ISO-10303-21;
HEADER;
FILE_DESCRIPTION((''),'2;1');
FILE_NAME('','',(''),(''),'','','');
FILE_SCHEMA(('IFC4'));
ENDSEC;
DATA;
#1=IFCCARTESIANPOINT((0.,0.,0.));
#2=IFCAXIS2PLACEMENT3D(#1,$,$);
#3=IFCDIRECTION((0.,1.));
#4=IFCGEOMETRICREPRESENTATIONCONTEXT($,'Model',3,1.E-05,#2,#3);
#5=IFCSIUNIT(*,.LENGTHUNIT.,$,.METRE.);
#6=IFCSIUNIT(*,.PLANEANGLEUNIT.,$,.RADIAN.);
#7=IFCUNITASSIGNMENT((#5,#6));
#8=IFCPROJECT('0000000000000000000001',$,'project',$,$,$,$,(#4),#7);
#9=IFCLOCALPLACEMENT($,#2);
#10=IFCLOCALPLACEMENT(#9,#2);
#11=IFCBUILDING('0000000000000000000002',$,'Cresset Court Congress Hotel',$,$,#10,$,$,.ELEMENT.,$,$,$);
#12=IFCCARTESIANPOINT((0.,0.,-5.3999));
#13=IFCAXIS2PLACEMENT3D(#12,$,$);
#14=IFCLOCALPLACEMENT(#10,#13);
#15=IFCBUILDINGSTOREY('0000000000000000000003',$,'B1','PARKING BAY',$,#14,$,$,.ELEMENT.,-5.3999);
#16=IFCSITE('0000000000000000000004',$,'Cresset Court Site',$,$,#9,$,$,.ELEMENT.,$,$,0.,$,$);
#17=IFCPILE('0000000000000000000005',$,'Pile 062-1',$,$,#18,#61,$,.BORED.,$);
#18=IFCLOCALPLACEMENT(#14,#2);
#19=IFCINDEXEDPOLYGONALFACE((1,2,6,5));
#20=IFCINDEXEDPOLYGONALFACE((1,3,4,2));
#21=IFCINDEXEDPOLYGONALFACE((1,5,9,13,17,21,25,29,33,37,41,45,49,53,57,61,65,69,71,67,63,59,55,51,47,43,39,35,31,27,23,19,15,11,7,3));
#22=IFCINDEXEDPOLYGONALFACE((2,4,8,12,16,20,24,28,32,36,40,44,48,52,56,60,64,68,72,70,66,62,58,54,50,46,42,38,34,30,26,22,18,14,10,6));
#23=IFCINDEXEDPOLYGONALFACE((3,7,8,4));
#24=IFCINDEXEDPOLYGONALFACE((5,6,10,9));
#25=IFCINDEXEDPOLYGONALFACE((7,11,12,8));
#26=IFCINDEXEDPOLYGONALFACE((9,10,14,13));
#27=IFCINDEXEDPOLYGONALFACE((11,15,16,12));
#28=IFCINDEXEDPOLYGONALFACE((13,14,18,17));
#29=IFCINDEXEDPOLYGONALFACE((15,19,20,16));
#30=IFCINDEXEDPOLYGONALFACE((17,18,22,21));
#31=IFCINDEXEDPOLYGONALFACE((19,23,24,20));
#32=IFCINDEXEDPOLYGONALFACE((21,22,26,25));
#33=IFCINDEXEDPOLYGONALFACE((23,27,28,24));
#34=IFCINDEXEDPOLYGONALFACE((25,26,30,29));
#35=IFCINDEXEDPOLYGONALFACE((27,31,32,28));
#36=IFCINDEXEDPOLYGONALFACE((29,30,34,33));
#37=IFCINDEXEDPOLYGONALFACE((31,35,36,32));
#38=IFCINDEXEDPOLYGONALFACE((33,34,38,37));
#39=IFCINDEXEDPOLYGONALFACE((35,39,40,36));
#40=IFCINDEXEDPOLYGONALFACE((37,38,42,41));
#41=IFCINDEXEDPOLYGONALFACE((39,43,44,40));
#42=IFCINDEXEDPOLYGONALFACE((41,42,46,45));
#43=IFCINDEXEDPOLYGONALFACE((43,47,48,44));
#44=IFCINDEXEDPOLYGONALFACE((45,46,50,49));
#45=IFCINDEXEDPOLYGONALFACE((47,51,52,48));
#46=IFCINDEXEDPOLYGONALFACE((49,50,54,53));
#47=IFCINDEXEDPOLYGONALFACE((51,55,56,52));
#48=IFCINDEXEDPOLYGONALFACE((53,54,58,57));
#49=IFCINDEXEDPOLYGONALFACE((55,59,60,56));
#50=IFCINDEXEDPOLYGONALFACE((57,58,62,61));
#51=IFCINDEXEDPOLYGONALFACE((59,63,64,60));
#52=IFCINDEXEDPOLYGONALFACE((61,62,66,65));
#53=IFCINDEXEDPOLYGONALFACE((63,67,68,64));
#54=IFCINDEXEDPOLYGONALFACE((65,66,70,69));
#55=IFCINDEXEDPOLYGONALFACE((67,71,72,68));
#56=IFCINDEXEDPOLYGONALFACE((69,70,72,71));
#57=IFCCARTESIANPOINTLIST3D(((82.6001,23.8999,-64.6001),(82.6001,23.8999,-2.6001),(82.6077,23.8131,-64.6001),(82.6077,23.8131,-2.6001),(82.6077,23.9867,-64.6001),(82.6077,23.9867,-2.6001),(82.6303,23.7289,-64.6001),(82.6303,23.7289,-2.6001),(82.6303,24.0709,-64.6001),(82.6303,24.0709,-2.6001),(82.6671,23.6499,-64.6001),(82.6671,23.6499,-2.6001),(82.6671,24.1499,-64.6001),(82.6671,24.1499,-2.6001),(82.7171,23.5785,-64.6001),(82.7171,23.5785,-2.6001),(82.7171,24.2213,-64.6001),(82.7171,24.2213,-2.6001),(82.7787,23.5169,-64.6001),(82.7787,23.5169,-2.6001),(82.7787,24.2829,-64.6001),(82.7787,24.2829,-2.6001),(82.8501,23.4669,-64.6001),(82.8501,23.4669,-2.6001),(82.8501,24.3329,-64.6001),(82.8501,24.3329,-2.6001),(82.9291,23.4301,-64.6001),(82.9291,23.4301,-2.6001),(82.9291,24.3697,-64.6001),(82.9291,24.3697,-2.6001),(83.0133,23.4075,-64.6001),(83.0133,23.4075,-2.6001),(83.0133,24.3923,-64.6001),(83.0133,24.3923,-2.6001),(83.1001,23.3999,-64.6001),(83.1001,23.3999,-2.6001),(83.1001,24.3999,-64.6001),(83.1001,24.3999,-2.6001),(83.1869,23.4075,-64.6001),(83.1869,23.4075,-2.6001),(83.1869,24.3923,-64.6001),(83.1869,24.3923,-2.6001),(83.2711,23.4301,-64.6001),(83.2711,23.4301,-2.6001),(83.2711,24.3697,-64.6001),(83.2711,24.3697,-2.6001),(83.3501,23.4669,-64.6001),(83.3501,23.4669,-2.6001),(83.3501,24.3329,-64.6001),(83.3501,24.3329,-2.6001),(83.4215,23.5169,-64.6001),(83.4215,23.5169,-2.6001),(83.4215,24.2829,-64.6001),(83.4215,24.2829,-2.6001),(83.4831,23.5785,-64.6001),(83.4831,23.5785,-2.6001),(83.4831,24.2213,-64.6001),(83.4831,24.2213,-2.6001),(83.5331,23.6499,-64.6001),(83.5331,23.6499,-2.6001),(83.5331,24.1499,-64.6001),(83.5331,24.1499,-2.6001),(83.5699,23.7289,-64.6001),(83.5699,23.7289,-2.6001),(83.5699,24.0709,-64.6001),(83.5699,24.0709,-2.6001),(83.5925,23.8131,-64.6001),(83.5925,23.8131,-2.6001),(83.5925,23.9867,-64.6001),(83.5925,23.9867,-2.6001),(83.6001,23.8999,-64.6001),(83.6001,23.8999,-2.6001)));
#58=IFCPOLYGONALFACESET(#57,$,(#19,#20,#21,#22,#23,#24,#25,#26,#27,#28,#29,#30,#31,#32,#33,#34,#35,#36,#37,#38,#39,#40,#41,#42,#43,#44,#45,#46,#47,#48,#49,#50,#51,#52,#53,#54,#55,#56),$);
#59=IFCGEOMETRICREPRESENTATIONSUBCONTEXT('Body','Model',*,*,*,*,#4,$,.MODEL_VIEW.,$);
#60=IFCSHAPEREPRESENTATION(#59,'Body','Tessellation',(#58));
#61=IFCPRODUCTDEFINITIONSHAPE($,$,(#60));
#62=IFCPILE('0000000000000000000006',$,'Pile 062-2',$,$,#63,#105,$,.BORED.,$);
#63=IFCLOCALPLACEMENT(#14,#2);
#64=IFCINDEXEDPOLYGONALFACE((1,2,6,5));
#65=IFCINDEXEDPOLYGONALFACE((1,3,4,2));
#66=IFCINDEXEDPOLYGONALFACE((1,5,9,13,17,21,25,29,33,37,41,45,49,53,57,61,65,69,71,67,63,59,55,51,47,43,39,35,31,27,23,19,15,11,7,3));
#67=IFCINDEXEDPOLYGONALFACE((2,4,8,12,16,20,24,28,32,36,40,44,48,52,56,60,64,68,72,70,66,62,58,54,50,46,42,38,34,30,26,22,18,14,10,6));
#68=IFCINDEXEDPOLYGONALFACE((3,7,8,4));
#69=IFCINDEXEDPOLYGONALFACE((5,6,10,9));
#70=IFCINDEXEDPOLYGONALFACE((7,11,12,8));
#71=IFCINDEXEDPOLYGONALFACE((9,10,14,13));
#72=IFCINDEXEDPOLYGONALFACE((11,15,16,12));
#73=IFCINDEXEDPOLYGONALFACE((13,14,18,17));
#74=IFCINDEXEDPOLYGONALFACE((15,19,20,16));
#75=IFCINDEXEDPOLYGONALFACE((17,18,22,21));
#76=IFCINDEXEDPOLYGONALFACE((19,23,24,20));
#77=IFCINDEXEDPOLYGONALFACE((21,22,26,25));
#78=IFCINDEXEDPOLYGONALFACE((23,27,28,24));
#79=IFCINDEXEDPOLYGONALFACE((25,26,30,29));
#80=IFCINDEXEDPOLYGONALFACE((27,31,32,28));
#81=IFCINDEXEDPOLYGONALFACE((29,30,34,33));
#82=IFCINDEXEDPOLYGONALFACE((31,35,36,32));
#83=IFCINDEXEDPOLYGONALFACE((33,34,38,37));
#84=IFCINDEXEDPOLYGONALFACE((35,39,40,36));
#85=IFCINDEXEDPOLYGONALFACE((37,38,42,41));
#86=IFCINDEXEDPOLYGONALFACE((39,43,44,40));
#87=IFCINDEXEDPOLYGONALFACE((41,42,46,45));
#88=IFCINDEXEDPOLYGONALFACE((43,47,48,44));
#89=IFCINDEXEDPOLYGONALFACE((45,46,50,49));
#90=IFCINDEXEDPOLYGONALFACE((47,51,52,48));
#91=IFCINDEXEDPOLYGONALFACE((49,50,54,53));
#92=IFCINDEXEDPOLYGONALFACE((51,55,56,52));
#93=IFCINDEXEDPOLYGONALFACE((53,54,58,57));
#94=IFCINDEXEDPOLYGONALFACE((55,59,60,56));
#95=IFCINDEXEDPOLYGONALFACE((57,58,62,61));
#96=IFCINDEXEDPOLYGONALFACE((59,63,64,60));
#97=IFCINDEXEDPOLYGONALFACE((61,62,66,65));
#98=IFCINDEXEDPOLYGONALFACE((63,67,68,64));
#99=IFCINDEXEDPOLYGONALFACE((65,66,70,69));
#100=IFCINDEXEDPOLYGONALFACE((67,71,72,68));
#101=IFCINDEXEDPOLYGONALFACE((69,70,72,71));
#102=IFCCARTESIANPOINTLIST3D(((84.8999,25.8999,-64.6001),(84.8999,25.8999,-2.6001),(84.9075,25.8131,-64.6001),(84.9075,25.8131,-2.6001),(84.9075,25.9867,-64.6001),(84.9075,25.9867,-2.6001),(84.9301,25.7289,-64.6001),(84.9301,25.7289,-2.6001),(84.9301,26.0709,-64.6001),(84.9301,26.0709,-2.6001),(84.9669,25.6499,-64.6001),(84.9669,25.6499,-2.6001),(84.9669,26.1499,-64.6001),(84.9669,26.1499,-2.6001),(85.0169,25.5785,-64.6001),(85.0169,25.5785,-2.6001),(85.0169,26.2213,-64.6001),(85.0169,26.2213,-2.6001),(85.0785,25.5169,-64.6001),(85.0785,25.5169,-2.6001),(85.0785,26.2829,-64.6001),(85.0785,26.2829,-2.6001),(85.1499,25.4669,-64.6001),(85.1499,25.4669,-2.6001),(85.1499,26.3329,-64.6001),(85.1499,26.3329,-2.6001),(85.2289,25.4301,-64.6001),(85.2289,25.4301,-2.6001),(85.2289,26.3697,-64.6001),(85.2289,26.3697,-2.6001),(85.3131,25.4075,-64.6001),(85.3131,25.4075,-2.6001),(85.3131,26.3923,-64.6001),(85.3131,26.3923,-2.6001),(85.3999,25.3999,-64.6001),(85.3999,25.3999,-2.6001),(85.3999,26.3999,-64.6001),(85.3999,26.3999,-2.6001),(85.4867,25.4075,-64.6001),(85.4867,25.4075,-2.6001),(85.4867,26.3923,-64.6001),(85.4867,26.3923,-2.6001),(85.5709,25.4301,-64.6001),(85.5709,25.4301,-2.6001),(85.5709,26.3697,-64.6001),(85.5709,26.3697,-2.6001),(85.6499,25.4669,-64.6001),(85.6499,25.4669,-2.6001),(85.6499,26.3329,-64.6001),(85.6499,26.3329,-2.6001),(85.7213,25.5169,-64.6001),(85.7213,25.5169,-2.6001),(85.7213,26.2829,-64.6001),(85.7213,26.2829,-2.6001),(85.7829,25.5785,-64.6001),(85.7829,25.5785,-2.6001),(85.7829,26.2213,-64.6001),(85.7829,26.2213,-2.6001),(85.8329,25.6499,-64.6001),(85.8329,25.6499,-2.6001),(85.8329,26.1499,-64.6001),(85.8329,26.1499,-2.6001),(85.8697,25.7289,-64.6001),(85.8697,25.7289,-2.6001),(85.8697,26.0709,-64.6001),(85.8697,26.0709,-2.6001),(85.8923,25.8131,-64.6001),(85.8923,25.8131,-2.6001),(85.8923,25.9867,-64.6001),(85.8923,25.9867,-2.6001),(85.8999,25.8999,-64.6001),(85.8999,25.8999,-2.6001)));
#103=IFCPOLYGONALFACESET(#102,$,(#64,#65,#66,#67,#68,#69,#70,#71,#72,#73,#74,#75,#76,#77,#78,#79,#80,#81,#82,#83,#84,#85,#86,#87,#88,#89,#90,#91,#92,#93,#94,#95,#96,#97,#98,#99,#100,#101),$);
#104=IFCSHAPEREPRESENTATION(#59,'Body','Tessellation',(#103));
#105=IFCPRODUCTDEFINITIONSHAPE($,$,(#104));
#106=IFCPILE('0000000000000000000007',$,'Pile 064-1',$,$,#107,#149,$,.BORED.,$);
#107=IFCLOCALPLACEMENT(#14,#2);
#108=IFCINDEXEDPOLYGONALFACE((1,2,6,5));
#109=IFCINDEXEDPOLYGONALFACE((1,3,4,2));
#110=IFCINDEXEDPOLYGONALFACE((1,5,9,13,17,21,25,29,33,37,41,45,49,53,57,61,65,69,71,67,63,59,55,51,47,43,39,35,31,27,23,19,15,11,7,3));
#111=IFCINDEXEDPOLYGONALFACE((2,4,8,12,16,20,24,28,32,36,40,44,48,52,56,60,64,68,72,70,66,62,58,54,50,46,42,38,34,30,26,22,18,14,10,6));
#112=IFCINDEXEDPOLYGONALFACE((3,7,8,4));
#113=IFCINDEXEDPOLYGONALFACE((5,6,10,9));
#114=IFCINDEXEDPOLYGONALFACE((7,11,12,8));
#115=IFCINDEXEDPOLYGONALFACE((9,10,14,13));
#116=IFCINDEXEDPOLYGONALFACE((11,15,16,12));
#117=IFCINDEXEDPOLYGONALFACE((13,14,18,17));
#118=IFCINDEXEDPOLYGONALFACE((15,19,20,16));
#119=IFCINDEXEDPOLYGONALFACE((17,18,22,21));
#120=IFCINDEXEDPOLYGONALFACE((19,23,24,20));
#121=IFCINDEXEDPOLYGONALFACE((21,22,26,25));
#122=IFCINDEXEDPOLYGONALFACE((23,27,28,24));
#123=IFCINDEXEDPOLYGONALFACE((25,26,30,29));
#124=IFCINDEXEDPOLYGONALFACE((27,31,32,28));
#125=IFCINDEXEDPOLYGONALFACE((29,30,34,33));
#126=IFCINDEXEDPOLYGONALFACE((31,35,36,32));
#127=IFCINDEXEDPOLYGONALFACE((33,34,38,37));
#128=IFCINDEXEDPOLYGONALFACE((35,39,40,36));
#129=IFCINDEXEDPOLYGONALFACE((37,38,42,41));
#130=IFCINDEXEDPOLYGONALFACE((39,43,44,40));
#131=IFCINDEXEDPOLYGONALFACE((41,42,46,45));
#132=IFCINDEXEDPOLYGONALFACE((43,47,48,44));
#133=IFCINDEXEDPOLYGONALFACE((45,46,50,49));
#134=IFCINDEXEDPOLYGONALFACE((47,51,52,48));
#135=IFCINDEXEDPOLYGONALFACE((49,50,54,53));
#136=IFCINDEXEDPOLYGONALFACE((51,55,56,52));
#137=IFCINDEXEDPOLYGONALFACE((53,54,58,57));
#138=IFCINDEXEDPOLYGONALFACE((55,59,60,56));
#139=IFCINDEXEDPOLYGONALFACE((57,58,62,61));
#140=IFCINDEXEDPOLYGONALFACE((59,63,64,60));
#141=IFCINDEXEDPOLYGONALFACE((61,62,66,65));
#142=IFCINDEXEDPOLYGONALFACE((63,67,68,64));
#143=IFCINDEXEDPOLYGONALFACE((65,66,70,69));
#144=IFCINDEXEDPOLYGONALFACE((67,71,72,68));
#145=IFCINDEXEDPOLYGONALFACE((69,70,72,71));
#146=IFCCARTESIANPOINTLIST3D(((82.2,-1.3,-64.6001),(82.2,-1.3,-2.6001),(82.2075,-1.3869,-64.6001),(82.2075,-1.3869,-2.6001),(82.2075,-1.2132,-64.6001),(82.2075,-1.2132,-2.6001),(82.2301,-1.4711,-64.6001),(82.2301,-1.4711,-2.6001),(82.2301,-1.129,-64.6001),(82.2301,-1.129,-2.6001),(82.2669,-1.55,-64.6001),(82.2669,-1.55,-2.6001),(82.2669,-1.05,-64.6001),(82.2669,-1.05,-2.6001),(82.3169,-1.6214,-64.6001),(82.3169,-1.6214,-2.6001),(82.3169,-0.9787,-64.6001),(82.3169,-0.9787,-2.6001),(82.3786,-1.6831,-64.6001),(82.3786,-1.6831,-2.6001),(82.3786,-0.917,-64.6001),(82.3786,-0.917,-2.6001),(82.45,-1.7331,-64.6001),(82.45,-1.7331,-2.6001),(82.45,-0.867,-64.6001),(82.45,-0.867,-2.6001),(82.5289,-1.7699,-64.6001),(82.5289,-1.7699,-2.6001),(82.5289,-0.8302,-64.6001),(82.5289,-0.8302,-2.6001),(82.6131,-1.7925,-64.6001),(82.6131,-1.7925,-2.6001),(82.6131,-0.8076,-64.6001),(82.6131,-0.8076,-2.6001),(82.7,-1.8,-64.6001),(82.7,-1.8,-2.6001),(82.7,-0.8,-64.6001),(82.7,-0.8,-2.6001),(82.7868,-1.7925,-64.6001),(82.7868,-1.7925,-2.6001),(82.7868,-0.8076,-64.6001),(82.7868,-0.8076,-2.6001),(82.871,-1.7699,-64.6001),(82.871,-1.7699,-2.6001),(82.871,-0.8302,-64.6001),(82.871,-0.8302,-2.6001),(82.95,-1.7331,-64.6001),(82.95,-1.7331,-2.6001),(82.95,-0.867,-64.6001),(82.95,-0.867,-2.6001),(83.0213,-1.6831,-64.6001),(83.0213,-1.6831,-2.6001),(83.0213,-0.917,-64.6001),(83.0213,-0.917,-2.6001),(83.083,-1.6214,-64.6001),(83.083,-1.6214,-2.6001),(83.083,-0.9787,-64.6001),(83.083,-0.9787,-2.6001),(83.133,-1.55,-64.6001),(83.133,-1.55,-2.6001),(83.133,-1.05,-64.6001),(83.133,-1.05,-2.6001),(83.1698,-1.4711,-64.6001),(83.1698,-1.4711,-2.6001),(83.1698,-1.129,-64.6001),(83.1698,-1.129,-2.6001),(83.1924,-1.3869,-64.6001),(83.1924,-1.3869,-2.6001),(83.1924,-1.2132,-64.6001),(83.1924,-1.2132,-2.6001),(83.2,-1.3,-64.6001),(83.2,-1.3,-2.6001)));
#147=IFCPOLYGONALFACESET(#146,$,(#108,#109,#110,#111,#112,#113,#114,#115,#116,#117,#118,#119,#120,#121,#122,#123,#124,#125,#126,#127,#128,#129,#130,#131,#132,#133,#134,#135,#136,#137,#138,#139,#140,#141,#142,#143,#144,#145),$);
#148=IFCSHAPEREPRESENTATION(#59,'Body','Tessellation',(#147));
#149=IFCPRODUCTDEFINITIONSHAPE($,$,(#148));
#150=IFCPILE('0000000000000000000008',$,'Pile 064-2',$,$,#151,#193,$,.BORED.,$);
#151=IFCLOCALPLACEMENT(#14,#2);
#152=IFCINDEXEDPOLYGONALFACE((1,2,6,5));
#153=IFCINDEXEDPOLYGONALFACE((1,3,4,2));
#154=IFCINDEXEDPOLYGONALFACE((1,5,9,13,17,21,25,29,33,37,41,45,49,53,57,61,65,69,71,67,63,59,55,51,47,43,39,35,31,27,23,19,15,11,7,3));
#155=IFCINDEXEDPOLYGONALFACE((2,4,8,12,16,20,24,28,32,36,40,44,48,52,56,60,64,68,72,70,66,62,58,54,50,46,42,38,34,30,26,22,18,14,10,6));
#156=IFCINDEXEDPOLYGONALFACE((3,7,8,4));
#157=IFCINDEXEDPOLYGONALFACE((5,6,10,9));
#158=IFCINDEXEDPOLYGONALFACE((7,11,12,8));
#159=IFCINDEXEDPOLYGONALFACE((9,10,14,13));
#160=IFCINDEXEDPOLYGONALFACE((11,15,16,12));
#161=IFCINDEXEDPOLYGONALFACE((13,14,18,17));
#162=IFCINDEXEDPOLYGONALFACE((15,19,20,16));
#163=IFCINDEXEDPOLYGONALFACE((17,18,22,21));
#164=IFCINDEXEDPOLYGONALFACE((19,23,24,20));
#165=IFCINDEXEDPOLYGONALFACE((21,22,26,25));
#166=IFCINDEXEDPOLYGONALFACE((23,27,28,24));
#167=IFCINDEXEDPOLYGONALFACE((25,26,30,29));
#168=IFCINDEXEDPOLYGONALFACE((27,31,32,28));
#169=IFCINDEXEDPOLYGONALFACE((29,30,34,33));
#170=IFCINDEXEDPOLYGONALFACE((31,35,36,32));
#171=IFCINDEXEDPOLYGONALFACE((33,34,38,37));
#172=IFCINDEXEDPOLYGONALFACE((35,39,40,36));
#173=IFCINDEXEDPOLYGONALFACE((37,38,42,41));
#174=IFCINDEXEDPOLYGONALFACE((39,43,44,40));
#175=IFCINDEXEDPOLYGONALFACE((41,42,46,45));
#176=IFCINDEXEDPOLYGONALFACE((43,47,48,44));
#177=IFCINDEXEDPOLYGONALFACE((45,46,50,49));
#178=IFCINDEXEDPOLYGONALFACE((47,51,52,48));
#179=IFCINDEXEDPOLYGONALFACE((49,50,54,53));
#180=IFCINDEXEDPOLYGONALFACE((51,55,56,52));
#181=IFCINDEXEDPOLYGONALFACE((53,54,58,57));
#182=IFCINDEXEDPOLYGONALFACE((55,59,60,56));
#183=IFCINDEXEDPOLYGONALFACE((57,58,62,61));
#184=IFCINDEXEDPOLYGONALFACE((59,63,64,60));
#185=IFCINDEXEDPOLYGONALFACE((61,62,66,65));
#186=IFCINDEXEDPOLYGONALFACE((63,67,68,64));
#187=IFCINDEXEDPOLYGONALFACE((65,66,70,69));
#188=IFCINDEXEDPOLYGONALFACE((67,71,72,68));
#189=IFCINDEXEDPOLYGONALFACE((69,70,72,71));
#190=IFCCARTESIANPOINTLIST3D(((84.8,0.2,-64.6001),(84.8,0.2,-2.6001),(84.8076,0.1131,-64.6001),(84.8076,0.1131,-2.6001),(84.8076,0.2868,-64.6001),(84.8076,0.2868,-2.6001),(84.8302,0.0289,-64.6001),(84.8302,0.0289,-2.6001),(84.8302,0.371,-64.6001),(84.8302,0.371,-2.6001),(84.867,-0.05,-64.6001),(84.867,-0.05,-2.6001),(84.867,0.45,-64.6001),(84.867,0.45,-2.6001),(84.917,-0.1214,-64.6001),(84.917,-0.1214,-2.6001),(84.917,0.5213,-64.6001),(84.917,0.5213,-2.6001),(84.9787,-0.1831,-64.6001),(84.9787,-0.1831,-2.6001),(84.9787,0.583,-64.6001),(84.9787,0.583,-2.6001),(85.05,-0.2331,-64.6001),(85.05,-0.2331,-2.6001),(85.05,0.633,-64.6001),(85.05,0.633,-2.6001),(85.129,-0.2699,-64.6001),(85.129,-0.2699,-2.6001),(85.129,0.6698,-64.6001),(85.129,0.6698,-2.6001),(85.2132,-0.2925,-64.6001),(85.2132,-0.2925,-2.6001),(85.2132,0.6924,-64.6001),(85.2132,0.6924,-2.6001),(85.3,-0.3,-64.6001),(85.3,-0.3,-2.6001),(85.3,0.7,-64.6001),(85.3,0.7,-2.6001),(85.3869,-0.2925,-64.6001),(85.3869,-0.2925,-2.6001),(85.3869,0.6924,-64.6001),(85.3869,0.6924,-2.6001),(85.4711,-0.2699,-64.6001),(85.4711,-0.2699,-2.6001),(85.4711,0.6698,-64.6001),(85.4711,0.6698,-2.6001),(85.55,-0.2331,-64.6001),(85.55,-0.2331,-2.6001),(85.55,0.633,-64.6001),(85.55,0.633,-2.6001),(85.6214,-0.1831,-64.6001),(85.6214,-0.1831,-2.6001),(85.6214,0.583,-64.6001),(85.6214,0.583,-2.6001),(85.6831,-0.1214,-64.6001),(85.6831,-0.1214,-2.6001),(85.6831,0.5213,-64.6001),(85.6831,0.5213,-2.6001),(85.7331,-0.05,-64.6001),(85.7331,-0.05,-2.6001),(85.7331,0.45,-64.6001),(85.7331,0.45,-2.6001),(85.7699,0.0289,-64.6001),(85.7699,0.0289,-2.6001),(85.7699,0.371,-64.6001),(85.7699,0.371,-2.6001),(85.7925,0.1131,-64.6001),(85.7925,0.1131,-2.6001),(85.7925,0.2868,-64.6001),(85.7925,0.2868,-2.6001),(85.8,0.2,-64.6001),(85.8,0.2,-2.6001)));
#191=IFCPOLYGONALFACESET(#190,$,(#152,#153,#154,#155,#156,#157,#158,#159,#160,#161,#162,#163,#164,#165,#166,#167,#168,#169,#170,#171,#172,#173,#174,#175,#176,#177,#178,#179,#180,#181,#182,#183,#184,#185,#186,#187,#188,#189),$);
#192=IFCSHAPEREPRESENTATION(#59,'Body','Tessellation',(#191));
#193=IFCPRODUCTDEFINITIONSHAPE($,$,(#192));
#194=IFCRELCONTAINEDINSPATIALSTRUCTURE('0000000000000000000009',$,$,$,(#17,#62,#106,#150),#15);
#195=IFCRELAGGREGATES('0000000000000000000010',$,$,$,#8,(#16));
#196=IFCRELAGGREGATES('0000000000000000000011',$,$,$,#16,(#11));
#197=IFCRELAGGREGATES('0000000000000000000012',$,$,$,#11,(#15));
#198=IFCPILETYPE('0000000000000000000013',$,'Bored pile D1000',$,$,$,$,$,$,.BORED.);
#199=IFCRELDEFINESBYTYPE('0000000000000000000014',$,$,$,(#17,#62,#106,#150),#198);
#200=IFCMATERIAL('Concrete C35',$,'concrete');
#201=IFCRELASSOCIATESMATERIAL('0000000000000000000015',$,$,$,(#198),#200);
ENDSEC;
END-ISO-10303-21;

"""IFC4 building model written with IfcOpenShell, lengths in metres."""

from ifc_helpers import new_model, si_unit, direction, frame, origin, origin_2d, place, context, subcontext, project, spatial, circle, extrude, material, type_object, element, save


model = new_model("IFC4")

# Units and contexts
model_context = context("Model", 3, precision=1e-05, world=origin(), true_north=direction((0.0, 1.0)))
body_context = subcontext(model_context, "Body", "Model", "MODEL_VIEW")
ifc_project = project(units=[si_unit("LENGTHUNIT", "METRE"), si_unit("PLANEANGLEUNIT", "RADIAN")], contexts=[model_context])

# Site, building, storey
site_placement = place(None, origin())
site = spatial("IfcSite", under=ifc_project, at=site_placement, Name="Cresset Court Site", CompositionType="ELEMENT", RefElevation=0.0)
building_placement = place(site_placement, origin())
building = spatial("IfcBuilding", under=site, at=building_placement, Name="Cresset Court Congress Hotel", CompositionType="ELEMENT")
storey_placement = place(building_placement, frame((0.0, 0.0, -5.3999)))
storey = spatial("IfcBuildingStorey", under=building, at=storey_placement, Name="B1", Description="PARKING BAY", CompositionType="ELEMENT", Elevation=-5.3999)

# Piles
ifc_material_1 = material(Name="Concrete C35", Category="concrete")
pile_type = type_object("IfcPileType", Name="Bored pile D1000", PredefinedType="BORED", material=ifc_material_1)
for number, where, z_axis, x_axis, name in (
    (1, (83.1001, 23.8999, -2.6001), (0.0, 0.0, -1.0), (1.0, 0.0, 0.0), "Pile 062-1"),
    (2, (85.3999, 25.8999, -2.6001), (0.0, 0.0, -1.0), (1.0, 0.0, 0.0), "Pile 062-2"),
    (3, (82.7, -1.3, -2.6001), (0.0, 0.0, -1.0), (1.0, 0.0, 0.0), "Pile 064-1"),
    (4, (85.3, 0.2, -2.6001), (0.0, 0.0, -1.0), (1.0, 0.0, 0.0), "Pile 064-2"),
):
    element("IfcPile", number, at=place(storey_placement, frame(where, z_axis=z_axis, x_axis=x_axis)), inside=storey, type_object=pile_type, Name=name, PredefinedType="BORED", context=body_context, shape_type="SweptSolid", body=[
        extrude(circle(Radius=0.5, at=origin_2d()), origin(), (0.0, 0.0, 1.0), 62.0),
    ])

save(model, "model.ifc")
